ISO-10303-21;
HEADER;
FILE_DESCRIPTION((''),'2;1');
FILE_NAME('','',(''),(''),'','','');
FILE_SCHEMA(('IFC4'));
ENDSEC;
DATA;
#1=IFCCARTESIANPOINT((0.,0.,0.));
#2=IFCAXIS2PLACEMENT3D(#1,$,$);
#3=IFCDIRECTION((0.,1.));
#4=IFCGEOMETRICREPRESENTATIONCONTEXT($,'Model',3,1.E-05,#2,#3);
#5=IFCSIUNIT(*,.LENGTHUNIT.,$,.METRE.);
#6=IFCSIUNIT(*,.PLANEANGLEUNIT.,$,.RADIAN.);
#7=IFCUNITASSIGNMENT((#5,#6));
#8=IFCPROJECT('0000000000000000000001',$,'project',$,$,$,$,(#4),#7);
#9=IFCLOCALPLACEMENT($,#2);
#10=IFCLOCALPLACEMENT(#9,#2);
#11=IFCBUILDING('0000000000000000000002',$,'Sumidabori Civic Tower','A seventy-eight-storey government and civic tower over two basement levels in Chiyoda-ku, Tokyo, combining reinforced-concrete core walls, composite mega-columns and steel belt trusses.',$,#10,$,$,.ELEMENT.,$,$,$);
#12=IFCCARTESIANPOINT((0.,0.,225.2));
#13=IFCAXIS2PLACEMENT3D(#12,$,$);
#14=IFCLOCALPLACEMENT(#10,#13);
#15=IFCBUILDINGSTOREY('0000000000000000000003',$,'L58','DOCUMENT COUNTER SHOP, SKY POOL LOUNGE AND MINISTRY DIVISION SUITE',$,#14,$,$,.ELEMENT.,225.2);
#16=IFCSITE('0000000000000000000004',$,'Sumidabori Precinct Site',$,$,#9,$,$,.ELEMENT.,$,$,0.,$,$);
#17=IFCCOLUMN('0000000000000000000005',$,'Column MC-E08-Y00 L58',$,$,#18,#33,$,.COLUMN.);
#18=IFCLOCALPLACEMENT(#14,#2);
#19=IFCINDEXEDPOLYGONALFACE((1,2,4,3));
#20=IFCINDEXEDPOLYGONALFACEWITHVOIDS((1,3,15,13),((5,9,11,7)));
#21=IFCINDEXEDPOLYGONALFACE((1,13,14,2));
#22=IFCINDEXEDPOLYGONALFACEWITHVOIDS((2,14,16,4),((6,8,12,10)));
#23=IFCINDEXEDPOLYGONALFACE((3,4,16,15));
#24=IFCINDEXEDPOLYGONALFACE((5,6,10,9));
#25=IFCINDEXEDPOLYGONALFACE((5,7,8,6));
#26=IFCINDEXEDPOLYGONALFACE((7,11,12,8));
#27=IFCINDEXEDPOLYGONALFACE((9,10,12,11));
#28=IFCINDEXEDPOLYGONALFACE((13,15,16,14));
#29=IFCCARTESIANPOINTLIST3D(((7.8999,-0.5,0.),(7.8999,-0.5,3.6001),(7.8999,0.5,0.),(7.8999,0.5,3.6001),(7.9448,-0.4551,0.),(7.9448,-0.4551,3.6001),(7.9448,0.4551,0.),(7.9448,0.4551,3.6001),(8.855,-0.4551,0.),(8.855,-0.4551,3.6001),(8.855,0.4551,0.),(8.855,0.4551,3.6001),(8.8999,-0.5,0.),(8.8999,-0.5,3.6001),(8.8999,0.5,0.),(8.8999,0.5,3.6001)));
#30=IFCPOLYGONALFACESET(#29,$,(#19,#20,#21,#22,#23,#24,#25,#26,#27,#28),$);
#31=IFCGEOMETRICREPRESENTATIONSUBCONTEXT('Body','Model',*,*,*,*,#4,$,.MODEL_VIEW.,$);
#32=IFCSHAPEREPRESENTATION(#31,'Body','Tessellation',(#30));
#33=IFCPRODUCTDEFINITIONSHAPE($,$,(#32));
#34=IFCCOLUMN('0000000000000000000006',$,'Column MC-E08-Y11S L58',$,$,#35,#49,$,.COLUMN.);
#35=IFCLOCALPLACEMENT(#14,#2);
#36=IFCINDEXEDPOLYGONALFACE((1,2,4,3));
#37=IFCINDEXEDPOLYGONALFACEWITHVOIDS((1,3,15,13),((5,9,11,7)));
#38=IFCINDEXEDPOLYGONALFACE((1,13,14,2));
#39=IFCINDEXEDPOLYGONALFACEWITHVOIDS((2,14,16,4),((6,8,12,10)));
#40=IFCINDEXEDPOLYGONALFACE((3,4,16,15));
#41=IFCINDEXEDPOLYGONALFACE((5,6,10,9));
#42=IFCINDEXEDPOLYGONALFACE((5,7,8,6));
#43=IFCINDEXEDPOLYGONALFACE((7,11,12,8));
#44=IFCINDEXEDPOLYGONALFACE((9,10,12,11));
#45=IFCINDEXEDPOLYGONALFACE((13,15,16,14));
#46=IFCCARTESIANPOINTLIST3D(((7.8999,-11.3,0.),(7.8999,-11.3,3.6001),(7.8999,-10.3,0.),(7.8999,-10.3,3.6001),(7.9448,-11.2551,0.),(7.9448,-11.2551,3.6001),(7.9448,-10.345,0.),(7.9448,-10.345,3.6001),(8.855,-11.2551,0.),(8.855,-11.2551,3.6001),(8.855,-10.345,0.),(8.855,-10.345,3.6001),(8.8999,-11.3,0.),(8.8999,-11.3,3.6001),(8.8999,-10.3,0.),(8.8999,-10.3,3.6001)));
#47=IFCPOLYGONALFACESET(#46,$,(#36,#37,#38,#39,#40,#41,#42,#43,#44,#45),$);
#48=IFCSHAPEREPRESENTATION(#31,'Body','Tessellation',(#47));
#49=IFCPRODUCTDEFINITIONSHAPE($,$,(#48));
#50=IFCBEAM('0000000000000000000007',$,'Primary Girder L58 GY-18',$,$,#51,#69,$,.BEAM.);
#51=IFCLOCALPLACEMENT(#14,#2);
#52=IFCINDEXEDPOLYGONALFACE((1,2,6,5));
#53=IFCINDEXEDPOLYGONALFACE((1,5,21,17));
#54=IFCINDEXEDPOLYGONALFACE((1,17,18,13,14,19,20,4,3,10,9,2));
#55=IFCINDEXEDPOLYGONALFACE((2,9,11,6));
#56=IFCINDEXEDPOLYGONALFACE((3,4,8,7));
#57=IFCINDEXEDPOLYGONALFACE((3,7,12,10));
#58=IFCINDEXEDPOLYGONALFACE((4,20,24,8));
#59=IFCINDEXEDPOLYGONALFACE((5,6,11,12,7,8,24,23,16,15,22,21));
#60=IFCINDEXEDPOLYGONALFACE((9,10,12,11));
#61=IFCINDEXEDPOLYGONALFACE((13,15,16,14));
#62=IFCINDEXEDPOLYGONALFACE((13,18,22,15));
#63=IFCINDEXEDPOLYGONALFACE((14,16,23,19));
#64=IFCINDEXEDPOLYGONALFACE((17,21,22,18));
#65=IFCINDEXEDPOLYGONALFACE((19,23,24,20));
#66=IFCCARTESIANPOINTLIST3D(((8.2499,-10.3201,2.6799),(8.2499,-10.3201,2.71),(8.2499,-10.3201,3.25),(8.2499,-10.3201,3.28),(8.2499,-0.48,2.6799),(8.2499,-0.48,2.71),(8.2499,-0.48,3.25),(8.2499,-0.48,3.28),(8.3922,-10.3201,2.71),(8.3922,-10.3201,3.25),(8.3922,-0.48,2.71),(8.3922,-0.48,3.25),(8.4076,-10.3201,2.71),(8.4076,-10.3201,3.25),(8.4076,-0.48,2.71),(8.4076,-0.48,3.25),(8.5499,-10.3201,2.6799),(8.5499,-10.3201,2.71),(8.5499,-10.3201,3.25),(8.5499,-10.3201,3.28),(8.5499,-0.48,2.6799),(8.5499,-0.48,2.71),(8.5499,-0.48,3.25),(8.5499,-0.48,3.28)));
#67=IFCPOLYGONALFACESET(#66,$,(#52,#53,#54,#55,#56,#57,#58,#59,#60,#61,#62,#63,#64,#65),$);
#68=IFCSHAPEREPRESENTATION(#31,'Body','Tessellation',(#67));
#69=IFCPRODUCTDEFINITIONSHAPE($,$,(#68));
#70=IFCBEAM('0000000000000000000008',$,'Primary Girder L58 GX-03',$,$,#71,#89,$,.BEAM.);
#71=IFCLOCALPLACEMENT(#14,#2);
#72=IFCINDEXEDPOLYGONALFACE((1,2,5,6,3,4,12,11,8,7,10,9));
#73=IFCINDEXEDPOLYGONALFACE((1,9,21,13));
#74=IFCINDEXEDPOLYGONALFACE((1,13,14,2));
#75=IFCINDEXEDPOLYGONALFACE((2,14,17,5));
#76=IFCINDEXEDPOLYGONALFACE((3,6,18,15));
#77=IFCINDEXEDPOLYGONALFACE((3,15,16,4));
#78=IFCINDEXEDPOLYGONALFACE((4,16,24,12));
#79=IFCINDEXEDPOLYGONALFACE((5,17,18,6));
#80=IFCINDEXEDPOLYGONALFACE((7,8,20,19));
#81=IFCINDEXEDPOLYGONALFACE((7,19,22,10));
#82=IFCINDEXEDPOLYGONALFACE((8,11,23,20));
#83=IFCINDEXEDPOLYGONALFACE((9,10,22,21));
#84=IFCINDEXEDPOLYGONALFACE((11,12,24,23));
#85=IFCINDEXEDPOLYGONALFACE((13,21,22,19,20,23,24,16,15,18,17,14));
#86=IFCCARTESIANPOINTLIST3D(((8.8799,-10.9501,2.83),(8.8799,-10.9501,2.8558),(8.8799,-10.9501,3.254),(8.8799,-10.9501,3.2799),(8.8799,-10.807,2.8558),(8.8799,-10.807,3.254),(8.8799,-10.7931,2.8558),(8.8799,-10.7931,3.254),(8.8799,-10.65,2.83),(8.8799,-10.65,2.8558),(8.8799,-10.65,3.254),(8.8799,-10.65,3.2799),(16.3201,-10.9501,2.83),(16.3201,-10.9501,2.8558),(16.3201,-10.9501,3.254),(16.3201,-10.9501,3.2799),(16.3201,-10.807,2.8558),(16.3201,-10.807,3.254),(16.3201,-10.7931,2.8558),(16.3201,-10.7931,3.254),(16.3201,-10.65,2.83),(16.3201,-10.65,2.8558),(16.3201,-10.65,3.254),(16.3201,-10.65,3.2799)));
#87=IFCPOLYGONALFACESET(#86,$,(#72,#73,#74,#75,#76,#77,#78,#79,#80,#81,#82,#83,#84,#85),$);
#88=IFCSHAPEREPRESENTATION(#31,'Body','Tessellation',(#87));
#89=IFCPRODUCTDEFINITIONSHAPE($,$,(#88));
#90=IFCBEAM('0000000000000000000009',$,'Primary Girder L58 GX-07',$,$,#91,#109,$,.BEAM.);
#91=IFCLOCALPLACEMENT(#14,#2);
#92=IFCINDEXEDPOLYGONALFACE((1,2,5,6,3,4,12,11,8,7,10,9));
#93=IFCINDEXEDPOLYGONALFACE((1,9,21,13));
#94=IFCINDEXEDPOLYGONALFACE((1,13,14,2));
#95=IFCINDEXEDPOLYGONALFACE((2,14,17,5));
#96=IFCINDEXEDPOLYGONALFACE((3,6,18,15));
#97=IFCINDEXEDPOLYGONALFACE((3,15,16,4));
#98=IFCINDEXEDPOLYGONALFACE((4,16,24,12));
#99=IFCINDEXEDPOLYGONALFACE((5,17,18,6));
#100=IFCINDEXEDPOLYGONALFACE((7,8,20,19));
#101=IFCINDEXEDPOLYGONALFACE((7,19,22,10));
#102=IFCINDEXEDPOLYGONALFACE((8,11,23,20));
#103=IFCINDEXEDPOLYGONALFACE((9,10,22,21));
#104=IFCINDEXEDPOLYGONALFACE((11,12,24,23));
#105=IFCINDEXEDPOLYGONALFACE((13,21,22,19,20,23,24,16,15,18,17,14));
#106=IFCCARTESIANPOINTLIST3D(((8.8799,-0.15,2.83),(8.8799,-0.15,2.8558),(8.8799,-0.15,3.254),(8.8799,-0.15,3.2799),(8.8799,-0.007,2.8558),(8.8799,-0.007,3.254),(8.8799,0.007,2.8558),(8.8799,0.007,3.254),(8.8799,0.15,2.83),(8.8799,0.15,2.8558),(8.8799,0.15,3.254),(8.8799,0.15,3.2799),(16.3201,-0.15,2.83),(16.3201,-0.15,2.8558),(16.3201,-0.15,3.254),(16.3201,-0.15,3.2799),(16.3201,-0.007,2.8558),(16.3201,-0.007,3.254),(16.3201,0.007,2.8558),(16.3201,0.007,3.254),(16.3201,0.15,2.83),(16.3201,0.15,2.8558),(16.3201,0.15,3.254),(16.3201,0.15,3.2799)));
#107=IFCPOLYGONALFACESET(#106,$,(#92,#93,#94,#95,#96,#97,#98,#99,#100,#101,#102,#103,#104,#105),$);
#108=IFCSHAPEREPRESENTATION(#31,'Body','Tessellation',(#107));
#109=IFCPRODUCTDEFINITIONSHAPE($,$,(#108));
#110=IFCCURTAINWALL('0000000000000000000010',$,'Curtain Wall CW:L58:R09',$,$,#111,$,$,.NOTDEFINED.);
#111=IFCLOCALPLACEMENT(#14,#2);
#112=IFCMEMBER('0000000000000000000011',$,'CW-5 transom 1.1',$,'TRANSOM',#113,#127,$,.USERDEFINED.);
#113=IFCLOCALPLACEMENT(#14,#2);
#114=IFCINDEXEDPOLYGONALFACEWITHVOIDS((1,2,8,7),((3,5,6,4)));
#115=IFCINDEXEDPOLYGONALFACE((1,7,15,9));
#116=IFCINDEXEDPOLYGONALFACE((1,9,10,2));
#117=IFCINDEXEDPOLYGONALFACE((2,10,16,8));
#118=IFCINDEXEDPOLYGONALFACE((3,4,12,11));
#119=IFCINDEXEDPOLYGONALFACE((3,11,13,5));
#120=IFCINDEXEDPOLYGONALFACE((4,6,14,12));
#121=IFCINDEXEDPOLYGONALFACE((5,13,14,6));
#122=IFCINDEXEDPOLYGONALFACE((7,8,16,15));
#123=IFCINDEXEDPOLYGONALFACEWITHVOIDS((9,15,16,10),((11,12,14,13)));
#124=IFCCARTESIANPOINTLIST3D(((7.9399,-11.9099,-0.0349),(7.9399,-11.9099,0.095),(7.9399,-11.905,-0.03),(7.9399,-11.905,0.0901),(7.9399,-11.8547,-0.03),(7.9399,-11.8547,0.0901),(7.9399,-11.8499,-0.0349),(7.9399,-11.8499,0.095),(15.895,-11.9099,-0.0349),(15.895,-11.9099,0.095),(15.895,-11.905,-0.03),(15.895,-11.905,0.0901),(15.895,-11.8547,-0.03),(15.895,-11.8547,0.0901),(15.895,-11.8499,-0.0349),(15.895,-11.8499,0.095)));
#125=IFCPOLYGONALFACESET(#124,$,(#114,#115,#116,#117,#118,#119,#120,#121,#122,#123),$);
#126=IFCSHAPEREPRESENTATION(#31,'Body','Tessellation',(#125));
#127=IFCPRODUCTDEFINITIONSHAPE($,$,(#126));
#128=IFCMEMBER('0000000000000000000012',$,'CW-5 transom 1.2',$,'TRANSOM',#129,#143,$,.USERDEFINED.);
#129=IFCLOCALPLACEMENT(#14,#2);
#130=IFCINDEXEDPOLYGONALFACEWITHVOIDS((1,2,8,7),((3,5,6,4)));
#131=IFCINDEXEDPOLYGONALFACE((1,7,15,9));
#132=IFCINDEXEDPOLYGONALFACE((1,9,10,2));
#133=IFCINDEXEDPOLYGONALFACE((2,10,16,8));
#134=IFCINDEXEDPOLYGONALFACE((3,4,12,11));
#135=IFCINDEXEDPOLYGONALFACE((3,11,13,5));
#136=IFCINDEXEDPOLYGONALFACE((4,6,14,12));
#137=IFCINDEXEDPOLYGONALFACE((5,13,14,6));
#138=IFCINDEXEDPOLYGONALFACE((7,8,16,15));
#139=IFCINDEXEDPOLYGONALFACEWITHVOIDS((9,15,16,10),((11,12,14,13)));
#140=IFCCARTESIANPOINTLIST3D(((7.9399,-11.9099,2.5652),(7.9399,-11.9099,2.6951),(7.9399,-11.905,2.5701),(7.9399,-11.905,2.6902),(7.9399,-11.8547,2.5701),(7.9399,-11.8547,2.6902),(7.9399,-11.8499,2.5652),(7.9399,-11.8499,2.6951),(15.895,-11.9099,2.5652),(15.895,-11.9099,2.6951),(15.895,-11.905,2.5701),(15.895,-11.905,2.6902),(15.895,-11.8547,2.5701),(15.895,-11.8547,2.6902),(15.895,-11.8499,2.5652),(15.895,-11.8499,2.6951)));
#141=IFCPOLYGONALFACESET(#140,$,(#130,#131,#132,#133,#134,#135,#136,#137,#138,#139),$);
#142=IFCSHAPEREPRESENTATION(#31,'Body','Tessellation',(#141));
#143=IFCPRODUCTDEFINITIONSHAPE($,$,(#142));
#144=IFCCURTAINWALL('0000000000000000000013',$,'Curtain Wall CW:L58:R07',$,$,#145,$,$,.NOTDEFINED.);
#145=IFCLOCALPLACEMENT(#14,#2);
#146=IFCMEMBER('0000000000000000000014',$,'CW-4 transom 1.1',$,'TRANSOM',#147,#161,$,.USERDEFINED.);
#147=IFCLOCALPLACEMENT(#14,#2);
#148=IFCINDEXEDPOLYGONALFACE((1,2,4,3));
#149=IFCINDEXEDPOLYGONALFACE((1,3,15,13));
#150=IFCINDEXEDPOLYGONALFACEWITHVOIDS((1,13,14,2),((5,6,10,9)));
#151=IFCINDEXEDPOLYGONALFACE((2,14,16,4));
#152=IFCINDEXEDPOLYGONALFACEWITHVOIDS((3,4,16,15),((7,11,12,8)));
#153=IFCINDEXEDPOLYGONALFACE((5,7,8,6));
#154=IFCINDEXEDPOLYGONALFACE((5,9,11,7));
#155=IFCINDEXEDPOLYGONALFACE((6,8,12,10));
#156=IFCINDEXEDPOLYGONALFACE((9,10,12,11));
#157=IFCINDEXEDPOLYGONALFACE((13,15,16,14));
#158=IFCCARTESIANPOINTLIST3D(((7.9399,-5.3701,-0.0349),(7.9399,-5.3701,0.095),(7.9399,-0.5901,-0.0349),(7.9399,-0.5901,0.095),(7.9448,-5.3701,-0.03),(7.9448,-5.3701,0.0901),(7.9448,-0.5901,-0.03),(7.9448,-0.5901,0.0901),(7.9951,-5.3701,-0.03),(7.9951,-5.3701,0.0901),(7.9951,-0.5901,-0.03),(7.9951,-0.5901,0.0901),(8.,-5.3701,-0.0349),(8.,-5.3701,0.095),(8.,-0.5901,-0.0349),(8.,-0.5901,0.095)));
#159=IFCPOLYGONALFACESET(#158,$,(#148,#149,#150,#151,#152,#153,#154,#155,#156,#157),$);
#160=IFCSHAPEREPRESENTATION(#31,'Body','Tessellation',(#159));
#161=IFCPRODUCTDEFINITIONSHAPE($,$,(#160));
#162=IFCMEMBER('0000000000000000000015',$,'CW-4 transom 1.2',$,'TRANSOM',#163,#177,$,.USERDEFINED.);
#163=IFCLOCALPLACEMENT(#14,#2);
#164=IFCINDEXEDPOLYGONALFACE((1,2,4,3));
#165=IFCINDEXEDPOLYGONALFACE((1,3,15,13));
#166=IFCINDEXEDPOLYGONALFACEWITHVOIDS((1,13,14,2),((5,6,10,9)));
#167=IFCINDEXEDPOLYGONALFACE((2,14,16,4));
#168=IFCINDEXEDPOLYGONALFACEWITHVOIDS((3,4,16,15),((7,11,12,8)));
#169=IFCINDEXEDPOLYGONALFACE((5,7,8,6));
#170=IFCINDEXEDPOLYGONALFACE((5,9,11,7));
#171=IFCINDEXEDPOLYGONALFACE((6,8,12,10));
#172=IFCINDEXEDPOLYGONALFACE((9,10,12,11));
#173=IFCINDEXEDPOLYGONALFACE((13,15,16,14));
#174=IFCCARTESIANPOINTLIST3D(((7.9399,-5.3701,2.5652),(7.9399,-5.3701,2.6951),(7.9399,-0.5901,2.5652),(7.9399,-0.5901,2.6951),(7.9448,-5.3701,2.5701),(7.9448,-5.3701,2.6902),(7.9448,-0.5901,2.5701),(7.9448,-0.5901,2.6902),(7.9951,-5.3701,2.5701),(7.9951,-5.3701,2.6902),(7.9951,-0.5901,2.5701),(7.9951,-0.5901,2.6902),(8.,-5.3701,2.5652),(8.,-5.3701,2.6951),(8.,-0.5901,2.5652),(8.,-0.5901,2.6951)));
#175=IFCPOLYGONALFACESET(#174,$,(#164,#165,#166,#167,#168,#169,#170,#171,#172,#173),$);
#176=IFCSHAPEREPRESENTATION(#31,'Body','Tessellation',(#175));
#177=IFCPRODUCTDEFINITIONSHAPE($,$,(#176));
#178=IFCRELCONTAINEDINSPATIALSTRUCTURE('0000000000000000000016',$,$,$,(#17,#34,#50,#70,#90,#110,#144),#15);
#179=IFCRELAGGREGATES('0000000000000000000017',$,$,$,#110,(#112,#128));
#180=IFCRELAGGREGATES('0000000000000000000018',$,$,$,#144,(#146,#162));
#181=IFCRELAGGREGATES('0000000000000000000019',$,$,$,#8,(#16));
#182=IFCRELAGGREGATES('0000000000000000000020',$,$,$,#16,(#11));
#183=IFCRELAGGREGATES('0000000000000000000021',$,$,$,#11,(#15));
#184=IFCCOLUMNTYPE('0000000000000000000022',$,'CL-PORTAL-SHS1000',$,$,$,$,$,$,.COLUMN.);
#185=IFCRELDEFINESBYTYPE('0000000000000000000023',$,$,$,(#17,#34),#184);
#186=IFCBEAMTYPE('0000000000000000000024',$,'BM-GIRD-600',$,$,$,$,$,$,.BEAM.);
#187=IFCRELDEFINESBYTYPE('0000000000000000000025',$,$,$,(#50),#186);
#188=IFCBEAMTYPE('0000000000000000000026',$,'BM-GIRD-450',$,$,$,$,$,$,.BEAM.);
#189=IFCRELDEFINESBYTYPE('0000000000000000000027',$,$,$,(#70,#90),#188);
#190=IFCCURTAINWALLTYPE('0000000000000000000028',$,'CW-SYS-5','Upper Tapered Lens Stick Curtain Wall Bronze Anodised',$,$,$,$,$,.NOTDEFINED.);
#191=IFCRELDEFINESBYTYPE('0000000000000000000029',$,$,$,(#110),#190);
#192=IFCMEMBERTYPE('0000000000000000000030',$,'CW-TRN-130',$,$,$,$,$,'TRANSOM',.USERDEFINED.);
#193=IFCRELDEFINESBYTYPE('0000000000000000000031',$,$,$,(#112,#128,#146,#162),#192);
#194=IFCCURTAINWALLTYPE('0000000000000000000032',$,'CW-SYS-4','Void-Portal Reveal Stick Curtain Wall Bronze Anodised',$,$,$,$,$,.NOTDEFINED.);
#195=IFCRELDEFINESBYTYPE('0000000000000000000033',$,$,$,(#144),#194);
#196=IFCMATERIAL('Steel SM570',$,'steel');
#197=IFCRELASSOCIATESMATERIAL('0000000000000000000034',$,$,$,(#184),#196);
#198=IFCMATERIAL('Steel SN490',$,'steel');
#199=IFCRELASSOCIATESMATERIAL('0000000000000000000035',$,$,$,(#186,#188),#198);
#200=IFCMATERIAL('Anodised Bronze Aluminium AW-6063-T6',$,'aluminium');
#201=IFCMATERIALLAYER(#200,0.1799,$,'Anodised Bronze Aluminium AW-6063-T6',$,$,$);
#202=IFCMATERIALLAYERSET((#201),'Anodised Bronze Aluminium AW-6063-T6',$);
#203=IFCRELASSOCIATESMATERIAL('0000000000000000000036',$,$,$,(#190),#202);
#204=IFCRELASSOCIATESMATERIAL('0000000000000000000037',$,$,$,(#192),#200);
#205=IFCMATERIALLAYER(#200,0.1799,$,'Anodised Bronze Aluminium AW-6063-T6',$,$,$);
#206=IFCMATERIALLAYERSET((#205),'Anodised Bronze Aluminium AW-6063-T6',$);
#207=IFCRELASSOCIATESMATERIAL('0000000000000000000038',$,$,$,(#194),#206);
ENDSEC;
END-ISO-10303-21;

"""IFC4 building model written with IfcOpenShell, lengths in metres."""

from ifc_helpers import new_model, si_unit, direction, frame, origin, origin_2d, place, context, subcontext, project, spatial, hollow_rectangle, i_section, extrude, source, transform, mapped, material, layer, layer_set, material_profile, profile_set, type_object, element, aggregate, save


model = new_model("IFC4")

# Units and contexts
model_context = context("Model", 3, precision=1e-05, world=origin(), true_north=direction((0.0, 1.0)))
body_context = subcontext(model_context, "Body", "Model", "MODEL_VIEW")
ifc_project = project(units=[si_unit("LENGTHUNIT", "METRE"), si_unit("PLANEANGLEUNIT", "RADIAN")], contexts=[model_context])

# Site, building, storey
site_placement = place(None, origin())
site = spatial("IfcSite", under=ifc_project, at=site_placement, Name="Sumidabori Precinct Site", CompositionType="ELEMENT", RefElevation=0.0)
building_placement = place(site_placement, origin())
building = spatial("IfcBuilding", under=site, at=building_placement, Name="Sumidabori Civic Tower", Description="A seventy-eight-storey government and civic tower over two basement levels in Chiyoda-ku, Tokyo, combining reinforced-concrete core walls, composite mega-columns and steel belt trusses.", CompositionType="ELEMENT")
storey_placement = place(building_placement, frame((0.0, 0.0, 225.2)))
storey = spatial("IfcBuildingStorey", under=building, at=storey_placement, Name="L58", Description="DOCUMENT COUNTER SHOP, SKY POOL LOUNGE AND MINISTRY DIVISION SUITE", CompositionType="ELEMENT", Elevation=225.2)

# Columns
ifc_material_1 = material(Name="Steel SM570", Category="steel")
ifc_material_profile_1 = material_profile(ifc_material_1, hollow_rectangle(XDim=1.0, YDim=1.0, WallThickness=0.0449, at=origin_2d()), Name="SHS 1000x1000x45")
ifc_profile_set_1 = profile_set([ifc_material_profile_1], Name="Steel SM570")
column_type = type_object("IfcColumnType", Name="CL-PORTAL-SHS1000", PredefinedType="COLUMN", material=ifc_profile_set_1)
shared_shape_1 = source(origin(), body_context, "Body", "SweptSolid", [
    extrude(hollow_rectangle(XDim=1.0, YDim=1.0, WallThickness=0.0449, at=origin_2d()), origin(), (0.0, 0.0, 1.0), 3.6001),
])
for number, where, z_axis, x_axis, name in (
    (1, (8.3999, 0.0, 0.0), (0.0, 0.0, 1.0), (1.0, 0.0, 0.0), "Column MC-E08-Y00 L58"),
    (2, (8.3999, -10.8, 0.0), (0.0, 0.0, 1.0), (1.0, 0.0, 0.0), "Column MC-E08-Y11S L58"),
):
    element("IfcColumn", number, at=place(storey_placement, frame(where, z_axis=z_axis, x_axis=x_axis)), inside=storey, type_object=column_type, Name=name, PredefinedType="COLUMN", context=body_context, shape_type="MappedRepresentation", body=[
        mapped(shared_shape_1, transform((0.0, 0.0, 0.0), x_axis=(1.0, 0.0, 0.0), y_axis=(0.0, 1.0, 0.0), z_axis=(0.0, 0.0, 1.0), scale=1.0)),
    ])

# Beams
ifc_material_2 = material(Name="Steel SN490", Category="steel")
ifc_material_profile_2 = material_profile(ifc_material_2, i_section(OverallWidth=0.3, OverallDepth=0.6001, WebThickness=0.0154, FlangeThickness=0.03, at=origin_2d()), Name="HE 600 B")
ifc_profile_set_2 = profile_set([ifc_material_profile_2], Name="Steel SN490")
beam_type_1 = type_object("IfcBeamType", Name="BM-GIRD-600", PredefinedType="BEAM", material=ifc_profile_set_2)
shared_shape_2 = source(origin(), body_context, "Body", "SweptSolid", [
    extrude(i_section(OverallWidth=0.3, OverallDepth=0.6001, WebThickness=0.0154, FlangeThickness=0.03, at=origin_2d()), origin(), (0.0, 0.0, 1.0), 9.8401),
])
beam_placement = place(storey_placement, frame((8.3999, -10.3201, 2.98), z_axis=(0.0, 1.0, 0.0), x_axis=(-1.0, 0.0, 0.0)))
element("IfcBeam", 3, at=beam_placement, inside=storey, type_object=beam_type_1, Name="Primary Girder L58 GY-18", PredefinedType="BEAM", context=body_context, shape_type="MappedRepresentation", body=[
    mapped(shared_shape_2, transform((0.0, 0.0, 0.0), x_axis=(1.0, 0.0, 0.0), y_axis=(0.0, 1.0, 0.0), z_axis=(0.0, 0.0, 1.0), scale=1.0)),
])
ifc_material_profile_3 = material_profile(ifc_material_2, i_section(OverallWidth=0.3, OverallDepth=0.45, WebThickness=0.0139, FlangeThickness=0.0259, at=origin_2d()), Name="HE 450 B")
ifc_profile_set_3 = profile_set([ifc_material_profile_3], Name="Steel SN490")
beam_type_2 = type_object("IfcBeamType", Name="BM-GIRD-450", PredefinedType="BEAM", material=ifc_profile_set_3)
shared_shape_3 = source(origin(), body_context, "Body", "SweptSolid", [
    extrude(i_section(OverallWidth=0.3, OverallDepth=0.45, WebThickness=0.0139, FlangeThickness=0.0259, at=origin_2d()), origin(), (0.0, 0.0, 1.0), 7.4402),
])
for number, where, z_axis, x_axis, name in (
    (4, (8.8799, -10.8, 3.0549), (1.0, 0.0, 0.0), (0.0, 1.0, 0.0), "Primary Girder L58 GX-03"),
    (5, (8.8799, 0.0, 3.0549), (1.0, 0.0, 0.0), (0.0, 1.0, 0.0), "Primary Girder L58 GX-07"),
):
    element("IfcBeam", number, at=place(storey_placement, frame(where, z_axis=z_axis, x_axis=x_axis)), inside=storey, type_object=beam_type_2, Name=name, PredefinedType="BEAM", context=body_context, shape_type="MappedRepresentation", body=[
        mapped(shared_shape_3, transform((0.0, 0.0, 0.0), x_axis=(1.0, 0.0, 0.0), y_axis=(0.0, 1.0, 0.0), z_axis=(0.0, 0.0, 1.0), scale=1.0)),
    ])

# Curtain walls, members
ifc_material_3 = material(Name="Anodised Bronze Aluminium AW-6063-T6", Category="aluminium")
ifc_layer_1 = layer(ifc_material_3, 0.1799, Name="Anodised Bronze Aluminium AW-6063-T6")
ifc_layer_set_1 = layer_set([ifc_layer_1], Name="Anodised Bronze Aluminium AW-6063-T6")
curtain_wall_type_1 = type_object("IfcCurtainWallType", Name="CW-SYS-5", Description="Upper Tapered Lens Stick Curtain Wall Bronze Anodised", PredefinedType="NOTDEFINED", material=ifc_layer_set_1)
curtain_wall_1_placement = place(storey_placement, origin())
curtain_wall_1 = element("IfcCurtainWall", 6, at=curtain_wall_1_placement, inside=storey, type_object=curtain_wall_type_1, Name="Curtain Wall CW:L58:R09", PredefinedType="NOTDEFINED")
ifc_material_profile_4 = material_profile(ifc_material_3, hollow_rectangle(XDim=0.0601, YDim=0.1299, WallThickness=0.0049, at=origin_2d()), Name="ALU TRANSOM 130x60")
ifc_profile_set_4 = profile_set([ifc_material_profile_4], Name="Anodised Bronze Aluminium AW-6063-T6")
member_type_1 = type_object("IfcMemberType", Name="CW-TRN-130", ElementType="TRANSOM", PredefinedType="USERDEFINED", material=ifc_profile_set_4)
shared_shape_4 = source(origin(), body_context, "Body", "SweptSolid", [
    extrude(hollow_rectangle(XDim=0.0601, YDim=0.1299, WallThickness=0.0049, at=origin_2d()), origin(), (0.0, 0.0, 1.0), 7.9551),
])
member_1_placement = place(storey_placement, frame((7.9399, -11.8799, 0.03), z_axis=(1.0, 0.0, 0.0), x_axis=(0.0, 1.0, 0.0)))
member_1 = element("IfcMember", 7, at=member_1_placement, type_object=member_type_1, Name="CW-5 transom 1.1", ObjectType="TRANSOM", PredefinedType="USERDEFINED", context=body_context, shape_type="MappedRepresentation", body=[
    mapped(shared_shape_4, transform((0.0, 0.0, 0.0), x_axis=(1.0, 0.0, 0.0), y_axis=(0.0, 1.0, 0.0), z_axis=(0.0, 0.0, 1.0), scale=1.0)),
])
member_2_placement = place(storey_placement, frame((7.9399, -11.8799, 2.6301), z_axis=(1.0, 0.0, 0.0), x_axis=(0.0, 1.0, 0.0)))
member_2 = element("IfcMember", 8, at=member_2_placement, type_object=member_type_1, Name="CW-5 transom 1.2", ObjectType="TRANSOM", PredefinedType="USERDEFINED", context=body_context, shape_type="MappedRepresentation", body=[
    mapped(shared_shape_4, transform((0.0, 0.0, 0.0), x_axis=(1.0, 0.0, 0.0), y_axis=(0.0, 1.0, 0.0), z_axis=(0.0, 0.0, 1.0), scale=1.0)),
])
ifc_layer_2 = layer(ifc_material_3, 0.1799, Name="Anodised Bronze Aluminium AW-6063-T6")
ifc_layer_set_2 = layer_set([ifc_layer_2], Name="Anodised Bronze Aluminium AW-6063-T6")
curtain_wall_type_2 = type_object("IfcCurtainWallType", Name="CW-SYS-4", Description="Void-Portal Reveal Stick Curtain Wall Bronze Anodised", PredefinedType="NOTDEFINED", material=ifc_layer_set_2)
curtain_wall_2_placement = place(storey_placement, origin())
curtain_wall_2 = element("IfcCurtainWall", 9, at=curtain_wall_2_placement, inside=storey, type_object=curtain_wall_type_2, Name="Curtain Wall CW:L58:R07", PredefinedType="NOTDEFINED")
shared_shape_5 = source(origin(), body_context, "Body", "SweptSolid", [
    extrude(hollow_rectangle(XDim=0.0601, YDim=0.1299, WallThickness=0.0049, at=origin_2d()), origin(), (0.0, 0.0, 1.0), 4.78),
])
member_3_placement = place(storey_placement, frame((7.97, -0.5901, 0.03), z_axis=(0.0, -1.0, 0.0), x_axis=(1.0, 0.0, 0.0)))
member_3 = element("IfcMember", 10, at=member_3_placement, type_object=member_type_1, Name="CW-4 transom 1.1", ObjectType="TRANSOM", PredefinedType="USERDEFINED", context=body_context, shape_type="MappedRepresentation", body=[
    mapped(shared_shape_5, transform((0.0, 0.0, 0.0), x_axis=(1.0, 0.0, 0.0), y_axis=(0.0, 1.0, 0.0), z_axis=(0.0, 0.0, 1.0), scale=1.0)),
])
member_4_placement = place(storey_placement, frame((7.97, -0.5901, 2.6301), z_axis=(0.0, -1.0, 0.0), x_axis=(1.0, 0.0, 0.0)))
member_4 = element("IfcMember", 11, at=member_4_placement, type_object=member_type_1, Name="CW-4 transom 1.2", ObjectType="TRANSOM", PredefinedType="USERDEFINED", context=body_context, shape_type="MappedRepresentation", body=[
    mapped(shared_shape_5, transform((0.0, 0.0, 0.0), x_axis=(1.0, 0.0, 0.0), y_axis=(0.0, 1.0, 0.0), z_axis=(0.0, 0.0, 1.0), scale=1.0)),
])

aggregate(curtain_wall_1, [member_1, member_2])

aggregate(curtain_wall_2, [member_3, member_4])

save(model, "model.ifc")
